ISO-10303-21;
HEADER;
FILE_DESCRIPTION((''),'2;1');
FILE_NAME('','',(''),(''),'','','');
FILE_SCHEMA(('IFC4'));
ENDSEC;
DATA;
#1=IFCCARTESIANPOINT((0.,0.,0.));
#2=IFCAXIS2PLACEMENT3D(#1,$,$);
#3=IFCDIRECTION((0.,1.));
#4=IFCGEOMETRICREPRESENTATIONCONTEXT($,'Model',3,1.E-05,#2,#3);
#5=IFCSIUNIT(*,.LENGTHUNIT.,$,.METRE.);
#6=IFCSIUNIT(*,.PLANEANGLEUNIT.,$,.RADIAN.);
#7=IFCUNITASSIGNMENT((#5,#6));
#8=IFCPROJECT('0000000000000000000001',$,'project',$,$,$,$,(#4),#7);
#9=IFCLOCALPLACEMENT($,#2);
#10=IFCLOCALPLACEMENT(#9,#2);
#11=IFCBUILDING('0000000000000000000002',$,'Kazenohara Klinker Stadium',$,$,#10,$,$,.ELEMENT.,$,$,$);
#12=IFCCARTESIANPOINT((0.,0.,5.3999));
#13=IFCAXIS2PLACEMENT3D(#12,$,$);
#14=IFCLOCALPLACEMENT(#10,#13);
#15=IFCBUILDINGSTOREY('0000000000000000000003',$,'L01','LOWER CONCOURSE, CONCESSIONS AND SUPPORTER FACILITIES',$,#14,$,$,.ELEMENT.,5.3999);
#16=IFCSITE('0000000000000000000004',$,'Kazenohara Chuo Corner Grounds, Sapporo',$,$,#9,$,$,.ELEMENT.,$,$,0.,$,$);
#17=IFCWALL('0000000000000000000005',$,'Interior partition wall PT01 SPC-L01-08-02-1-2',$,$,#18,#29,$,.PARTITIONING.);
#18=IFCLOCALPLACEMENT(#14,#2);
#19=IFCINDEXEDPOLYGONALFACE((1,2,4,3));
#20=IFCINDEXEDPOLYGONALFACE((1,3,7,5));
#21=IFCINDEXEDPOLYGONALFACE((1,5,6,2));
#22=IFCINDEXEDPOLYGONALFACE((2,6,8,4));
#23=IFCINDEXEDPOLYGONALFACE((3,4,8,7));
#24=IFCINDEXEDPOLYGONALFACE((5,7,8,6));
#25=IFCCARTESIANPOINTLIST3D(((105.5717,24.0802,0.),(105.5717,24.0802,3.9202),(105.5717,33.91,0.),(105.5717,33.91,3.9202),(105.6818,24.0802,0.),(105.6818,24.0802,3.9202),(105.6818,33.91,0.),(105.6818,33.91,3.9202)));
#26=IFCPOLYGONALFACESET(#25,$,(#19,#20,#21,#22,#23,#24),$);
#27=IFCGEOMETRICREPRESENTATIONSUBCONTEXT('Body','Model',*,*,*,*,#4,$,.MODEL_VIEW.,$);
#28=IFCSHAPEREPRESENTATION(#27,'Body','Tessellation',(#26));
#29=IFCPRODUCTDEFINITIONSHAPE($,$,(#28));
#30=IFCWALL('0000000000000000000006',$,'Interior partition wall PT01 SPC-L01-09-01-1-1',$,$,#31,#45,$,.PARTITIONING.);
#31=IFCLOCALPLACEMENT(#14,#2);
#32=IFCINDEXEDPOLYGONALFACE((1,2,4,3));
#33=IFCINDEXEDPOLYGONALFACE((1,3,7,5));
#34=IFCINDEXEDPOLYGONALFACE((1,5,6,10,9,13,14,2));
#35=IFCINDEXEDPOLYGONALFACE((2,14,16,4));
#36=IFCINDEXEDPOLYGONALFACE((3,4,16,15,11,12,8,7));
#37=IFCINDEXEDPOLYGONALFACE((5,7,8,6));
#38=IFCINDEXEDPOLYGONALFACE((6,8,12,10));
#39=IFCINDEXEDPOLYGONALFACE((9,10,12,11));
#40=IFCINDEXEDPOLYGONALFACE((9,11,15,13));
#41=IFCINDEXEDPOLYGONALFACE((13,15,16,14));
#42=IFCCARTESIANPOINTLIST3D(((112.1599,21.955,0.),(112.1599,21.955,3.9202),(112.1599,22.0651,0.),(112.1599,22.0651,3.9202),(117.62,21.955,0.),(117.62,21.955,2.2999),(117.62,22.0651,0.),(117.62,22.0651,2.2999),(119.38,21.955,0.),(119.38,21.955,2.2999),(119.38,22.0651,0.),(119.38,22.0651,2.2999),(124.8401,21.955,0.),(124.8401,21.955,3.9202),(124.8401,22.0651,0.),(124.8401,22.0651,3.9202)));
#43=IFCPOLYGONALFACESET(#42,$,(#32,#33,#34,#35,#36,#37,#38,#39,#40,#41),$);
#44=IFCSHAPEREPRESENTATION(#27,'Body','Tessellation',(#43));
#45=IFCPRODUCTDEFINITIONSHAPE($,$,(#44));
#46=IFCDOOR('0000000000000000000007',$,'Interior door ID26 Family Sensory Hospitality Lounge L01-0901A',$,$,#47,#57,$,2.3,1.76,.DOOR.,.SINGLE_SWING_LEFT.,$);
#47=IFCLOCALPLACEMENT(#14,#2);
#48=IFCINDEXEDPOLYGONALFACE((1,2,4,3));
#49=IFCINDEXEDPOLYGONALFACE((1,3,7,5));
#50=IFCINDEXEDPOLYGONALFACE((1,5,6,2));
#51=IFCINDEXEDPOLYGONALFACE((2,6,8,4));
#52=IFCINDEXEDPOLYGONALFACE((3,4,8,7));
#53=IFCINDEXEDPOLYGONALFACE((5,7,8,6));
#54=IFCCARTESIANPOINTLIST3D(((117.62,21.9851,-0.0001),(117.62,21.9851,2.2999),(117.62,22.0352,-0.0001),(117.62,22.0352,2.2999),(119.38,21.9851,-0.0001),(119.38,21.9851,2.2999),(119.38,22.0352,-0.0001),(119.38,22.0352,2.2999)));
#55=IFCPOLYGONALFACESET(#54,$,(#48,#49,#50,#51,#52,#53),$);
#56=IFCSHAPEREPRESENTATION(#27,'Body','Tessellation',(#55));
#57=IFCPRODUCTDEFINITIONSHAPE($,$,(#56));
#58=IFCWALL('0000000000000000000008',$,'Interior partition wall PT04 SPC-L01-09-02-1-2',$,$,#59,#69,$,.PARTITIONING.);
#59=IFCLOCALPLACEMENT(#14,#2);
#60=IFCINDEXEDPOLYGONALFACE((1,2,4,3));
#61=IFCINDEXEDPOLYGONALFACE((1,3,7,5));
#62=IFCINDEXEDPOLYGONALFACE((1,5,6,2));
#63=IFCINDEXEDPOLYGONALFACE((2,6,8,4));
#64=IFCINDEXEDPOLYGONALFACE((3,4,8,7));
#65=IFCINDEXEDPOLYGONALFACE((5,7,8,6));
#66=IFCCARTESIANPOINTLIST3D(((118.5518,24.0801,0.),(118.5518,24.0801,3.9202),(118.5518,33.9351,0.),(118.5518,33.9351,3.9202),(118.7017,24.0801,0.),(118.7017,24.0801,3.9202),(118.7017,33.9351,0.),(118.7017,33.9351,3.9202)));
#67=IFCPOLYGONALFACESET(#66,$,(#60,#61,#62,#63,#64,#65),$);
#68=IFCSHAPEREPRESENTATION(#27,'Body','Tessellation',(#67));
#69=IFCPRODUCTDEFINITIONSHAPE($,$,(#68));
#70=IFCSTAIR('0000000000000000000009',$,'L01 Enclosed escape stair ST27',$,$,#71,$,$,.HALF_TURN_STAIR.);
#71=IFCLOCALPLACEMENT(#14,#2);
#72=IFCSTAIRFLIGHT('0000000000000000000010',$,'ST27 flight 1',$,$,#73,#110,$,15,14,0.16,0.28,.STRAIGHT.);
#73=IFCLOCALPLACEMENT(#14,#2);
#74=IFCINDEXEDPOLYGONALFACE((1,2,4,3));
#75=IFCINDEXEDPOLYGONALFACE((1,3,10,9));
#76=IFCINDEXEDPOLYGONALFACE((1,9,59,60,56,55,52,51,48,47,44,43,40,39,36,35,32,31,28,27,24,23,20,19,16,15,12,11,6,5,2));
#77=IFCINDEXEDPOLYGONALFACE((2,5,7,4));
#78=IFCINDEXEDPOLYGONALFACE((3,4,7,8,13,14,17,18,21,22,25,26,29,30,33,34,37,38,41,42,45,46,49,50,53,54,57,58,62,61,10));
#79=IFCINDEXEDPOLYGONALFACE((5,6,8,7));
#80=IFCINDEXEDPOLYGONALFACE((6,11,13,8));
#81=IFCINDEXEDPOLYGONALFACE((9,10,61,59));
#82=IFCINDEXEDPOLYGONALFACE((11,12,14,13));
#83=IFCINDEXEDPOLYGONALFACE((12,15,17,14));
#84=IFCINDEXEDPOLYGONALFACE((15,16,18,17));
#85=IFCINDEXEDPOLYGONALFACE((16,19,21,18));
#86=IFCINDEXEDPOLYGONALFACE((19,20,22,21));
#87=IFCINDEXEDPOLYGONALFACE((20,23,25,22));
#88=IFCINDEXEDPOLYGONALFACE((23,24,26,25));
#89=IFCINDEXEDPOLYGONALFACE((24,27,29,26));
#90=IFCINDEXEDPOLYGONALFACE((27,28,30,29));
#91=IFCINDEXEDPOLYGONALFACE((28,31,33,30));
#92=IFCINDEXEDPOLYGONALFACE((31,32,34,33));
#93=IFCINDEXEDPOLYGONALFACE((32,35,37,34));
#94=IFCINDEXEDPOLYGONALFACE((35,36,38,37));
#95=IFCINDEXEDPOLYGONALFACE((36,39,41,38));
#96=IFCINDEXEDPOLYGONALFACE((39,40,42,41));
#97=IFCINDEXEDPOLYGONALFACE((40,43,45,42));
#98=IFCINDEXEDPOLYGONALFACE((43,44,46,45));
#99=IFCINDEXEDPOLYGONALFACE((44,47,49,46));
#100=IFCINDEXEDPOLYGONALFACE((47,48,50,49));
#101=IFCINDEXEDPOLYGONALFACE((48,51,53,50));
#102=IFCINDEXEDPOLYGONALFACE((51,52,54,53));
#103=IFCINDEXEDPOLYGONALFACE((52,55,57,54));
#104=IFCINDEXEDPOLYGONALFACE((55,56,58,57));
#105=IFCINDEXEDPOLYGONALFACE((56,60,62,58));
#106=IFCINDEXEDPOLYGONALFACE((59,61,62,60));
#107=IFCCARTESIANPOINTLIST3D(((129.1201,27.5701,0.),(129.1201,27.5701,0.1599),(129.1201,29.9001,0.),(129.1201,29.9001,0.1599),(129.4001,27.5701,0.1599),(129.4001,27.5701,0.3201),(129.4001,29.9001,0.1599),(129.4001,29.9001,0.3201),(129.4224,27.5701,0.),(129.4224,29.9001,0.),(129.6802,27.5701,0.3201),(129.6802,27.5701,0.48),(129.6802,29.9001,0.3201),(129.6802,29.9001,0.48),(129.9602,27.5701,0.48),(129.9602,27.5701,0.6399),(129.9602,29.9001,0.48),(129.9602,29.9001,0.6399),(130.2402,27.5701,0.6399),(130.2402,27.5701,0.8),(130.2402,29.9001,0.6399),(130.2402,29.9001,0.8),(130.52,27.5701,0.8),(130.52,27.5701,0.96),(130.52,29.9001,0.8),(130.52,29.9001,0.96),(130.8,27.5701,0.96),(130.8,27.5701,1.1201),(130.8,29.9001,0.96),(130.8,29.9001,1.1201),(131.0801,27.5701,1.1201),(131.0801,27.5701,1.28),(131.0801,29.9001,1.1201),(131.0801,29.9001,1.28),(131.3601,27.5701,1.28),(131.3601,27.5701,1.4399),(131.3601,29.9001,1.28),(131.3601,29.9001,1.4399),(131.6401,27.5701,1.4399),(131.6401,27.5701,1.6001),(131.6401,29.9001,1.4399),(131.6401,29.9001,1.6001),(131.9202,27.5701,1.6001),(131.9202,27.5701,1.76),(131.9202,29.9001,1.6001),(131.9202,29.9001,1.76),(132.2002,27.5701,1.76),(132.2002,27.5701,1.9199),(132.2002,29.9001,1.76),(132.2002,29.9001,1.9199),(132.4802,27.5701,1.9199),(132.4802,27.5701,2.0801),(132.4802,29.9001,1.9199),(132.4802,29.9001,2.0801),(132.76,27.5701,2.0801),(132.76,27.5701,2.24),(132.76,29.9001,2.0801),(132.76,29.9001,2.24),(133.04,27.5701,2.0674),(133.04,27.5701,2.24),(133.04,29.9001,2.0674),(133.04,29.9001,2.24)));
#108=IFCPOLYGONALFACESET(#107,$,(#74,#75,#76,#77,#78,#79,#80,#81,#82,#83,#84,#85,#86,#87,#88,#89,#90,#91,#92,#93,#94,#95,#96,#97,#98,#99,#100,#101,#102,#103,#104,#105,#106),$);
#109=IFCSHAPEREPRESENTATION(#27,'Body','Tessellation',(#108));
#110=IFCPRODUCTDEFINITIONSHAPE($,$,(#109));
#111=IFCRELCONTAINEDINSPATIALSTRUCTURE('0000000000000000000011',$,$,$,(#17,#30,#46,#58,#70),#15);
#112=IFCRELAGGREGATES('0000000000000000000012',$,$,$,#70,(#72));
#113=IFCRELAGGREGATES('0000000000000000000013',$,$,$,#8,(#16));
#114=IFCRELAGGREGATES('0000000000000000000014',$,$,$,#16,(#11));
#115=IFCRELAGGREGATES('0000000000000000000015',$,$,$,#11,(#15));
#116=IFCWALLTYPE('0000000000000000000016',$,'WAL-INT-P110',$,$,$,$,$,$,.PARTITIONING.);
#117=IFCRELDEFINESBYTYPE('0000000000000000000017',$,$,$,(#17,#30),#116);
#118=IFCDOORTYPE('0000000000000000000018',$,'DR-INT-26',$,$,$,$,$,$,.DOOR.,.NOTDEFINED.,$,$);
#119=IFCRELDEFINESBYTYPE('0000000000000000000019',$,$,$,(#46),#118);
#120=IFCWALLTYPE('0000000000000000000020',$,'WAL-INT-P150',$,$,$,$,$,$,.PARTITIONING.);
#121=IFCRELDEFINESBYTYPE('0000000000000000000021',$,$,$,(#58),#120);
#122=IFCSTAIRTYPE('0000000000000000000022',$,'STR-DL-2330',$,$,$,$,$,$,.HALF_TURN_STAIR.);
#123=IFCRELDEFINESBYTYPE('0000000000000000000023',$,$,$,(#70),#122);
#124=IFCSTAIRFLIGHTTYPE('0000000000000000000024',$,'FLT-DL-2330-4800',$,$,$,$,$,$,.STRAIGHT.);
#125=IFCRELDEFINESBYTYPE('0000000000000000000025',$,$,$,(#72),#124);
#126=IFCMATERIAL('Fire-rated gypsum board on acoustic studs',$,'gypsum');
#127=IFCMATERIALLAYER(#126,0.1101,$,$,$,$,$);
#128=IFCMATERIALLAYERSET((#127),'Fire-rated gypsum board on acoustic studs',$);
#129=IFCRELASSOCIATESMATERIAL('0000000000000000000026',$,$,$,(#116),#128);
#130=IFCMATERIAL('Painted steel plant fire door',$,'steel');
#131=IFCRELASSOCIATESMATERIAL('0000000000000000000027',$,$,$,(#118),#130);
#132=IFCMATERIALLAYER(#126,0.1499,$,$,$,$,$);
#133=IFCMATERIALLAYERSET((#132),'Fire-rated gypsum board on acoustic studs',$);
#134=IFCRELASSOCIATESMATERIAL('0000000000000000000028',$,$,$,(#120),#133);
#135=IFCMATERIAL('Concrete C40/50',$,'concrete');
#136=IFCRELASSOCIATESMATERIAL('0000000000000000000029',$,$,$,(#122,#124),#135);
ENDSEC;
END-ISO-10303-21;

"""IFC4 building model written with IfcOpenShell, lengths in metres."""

from ifc_helpers import new_model, si_unit, direction, frame, frame_2d, origin, place, context, subcontext, project, spatial, polyline, rectangle, outline, extrude, material, layer, layer_set, type_object, element, fill, aggregate, save


model = new_model("IFC4")

# Units and contexts
model_context = context("Model", 3, precision=1e-05, world=origin(), true_north=direction((0.0, 1.0)))
body_context = subcontext(model_context, "Body", "Model", "MODEL_VIEW")
ifc_project = project(units=[si_unit("LENGTHUNIT", "METRE"), si_unit("PLANEANGLEUNIT", "RADIAN")], contexts=[model_context])

# Site, building, storey
site_placement = place(None, origin())
site = spatial("IfcSite", under=ifc_project, at=site_placement, Name="Kazenohara Chuo Corner Grounds, Sapporo", CompositionType="ELEMENT", RefElevation=0.0)
building_placement = place(site_placement, origin())
building = spatial("IfcBuilding", under=site, at=building_placement, Name="Kazenohara Klinker Stadium", CompositionType="ELEMENT")
storey_placement = place(building_placement, frame((0.0, 0.0, 5.3999)))
storey = spatial("IfcBuildingStorey", under=building, at=storey_placement, Name="L01", Description="LOWER CONCOURSE, CONCESSIONS AND SUPPORTER FACILITIES", CompositionType="ELEMENT", Elevation=5.3999)

# Shared definitions
ifc_material_1 = material(Name="Concrete C40/50", Category="concrete")

# Wall
ifc_material_2 = material(Name="Fire-rated gypsum board on acoustic studs", Category="gypsum")
ifc_layer_1 = layer(ifc_material_2, 0.1101)
ifc_layer_set_1 = layer_set([ifc_layer_1], Name="Fire-rated gypsum board on acoustic studs")
wall_type_1 = type_object("IfcWallType", Name="WAL-INT-P110", PredefinedType="PARTITIONING", material=ifc_layer_set_1)
wall_1_placement = place(storey_placement, frame((105.6267, 24.0801, 0.0), z_axis=(0.0, 0.0, 1.0), x_axis=(0.0, 1.0, 0.0)))
element("IfcWall", 1, at=wall_1_placement, inside=storey, type_object=wall_type_1, Name="Interior partition wall PT01 SPC-L01-08-02-1-2", PredefinedType="PARTITIONING", context=body_context, shape_type="SweptSolid", body=[
    extrude(rectangle(XDim=9.8298, YDim=0.1101, at=frame_2d((4.915, 0.0))), origin(), (0.0, 0.0, 1.0), 3.9202),
])

# Wall, opening, door
wall_2_placement = place(storey_placement, frame((112.1599, 22.01, 0.0), z_axis=(0.0, 0.0, 1.0), x_axis=(1.0, 0.0, 0.0)))
wall_2 = element("IfcWall", 2, at=wall_2_placement, inside=storey, type_object=wall_type_1, Name="Interior partition wall PT01 SPC-L01-09-01-1-1", PredefinedType="PARTITIONING", context=body_context, shape_type="SweptSolid", body=[
    extrude(rectangle(XDim=12.6802, YDim=0.1101, at=frame_2d((6.3401, 0.0))), origin(), (0.0, 0.0, 1.0), 3.9202),
])
opening_1_placement = place(wall_2_placement, frame((7.22, 0.0, 0.0), z_axis=(0.0, 0.0, 1.0), x_axis=(-1.0, 0.0, 0.0)))
opening_1 = element("IfcOpeningElement", 3, at=opening_1_placement, cuts=wall_2, PredefinedType="OPENING", context=body_context, shape_type="SweptSolid", body=[
    extrude(rectangle(XDim=1.76, YDim=2.3, at=frame_2d((0.8799, 1.1499))), frame((0.0, 0.0649, 0.0), z_axis=(0.0, -1.0, 0.0), x_axis=(1.0, 0.0, 0.0)), (0.0, 0.0, 1.0), 0.1301),
])
ifc_material_3 = material(Name="Painted steel plant fire door", Category="steel")
door_type_1 = type_object("IfcDoorType", Name="DR-INT-26", OperationType="NOTDEFINED", PredefinedType="DOOR", material=ifc_material_3)
door_1_placement = place(opening_1_placement, origin())
door_1 = element("IfcDoor", 4, at=door_1_placement, inside=storey, type_object=door_type_1, Name="Interior door ID26 Family Sensory Hospitality Lounge L01-0901A", OperationType="SINGLE_SWING_LEFT", OverallHeight=2.3, OverallWidth=1.76, PredefinedType="DOOR", context=body_context, shape_type="SweptSolid", body=[
    extrude(rectangle(XDim=1.76, YDim=2.3, at=frame_2d((0.8799, 1.1499))), frame((0.0, 0.0249, 0.0), z_axis=(0.0, -1.0, 0.0), x_axis=(1.0, 0.0, 0.0)), (0.0, 0.0, 1.0), 0.05),
])
fill(opening_1, door_1)

# Wall
ifc_layer_2 = layer(ifc_material_2, 0.1499)
ifc_layer_set_2 = layer_set([ifc_layer_2], Name="Fire-rated gypsum board on acoustic studs")
wall_type_2 = type_object("IfcWallType", Name="WAL-INT-P150", PredefinedType="PARTITIONING", material=ifc_layer_set_2)
wall_3_placement = place(storey_placement, frame((118.6267, 24.0801, 0.0), z_axis=(0.0, 0.0, 1.0), x_axis=(0.0, 1.0, 0.0)))
element("IfcWall", 5, at=wall_3_placement, inside=storey, type_object=wall_type_2, Name="Interior partition wall PT04 SPC-L01-09-02-1-2", PredefinedType="PARTITIONING", context=body_context, shape_type="SweptSolid", body=[
    extrude(rectangle(XDim=9.855, YDim=0.1499, at=frame_2d((4.9275, 0.0))), origin(), (0.0, 0.0, 1.0), 3.9202),
])

# Stair, stair flight
stair_type = type_object("IfcStairType", Name="STR-DL-2330", PredefinedType="HALF_TURN_STAIR", material=ifc_material_1)
stair_placement = place(storey_placement, origin())
stair = element("IfcStair", 6, at=stair_placement, inside=storey, type_object=stair_type, Name="L01 Enclosed escape stair ST27", PredefinedType="HALF_TURN_STAIR")
stair_flight_type = type_object("IfcStairFlightType", Name="FLT-DL-2330-4800", PredefinedType="STRAIGHT", material=ifc_material_1)
stair_flight_placement = place(storey_placement, frame((129.1201, 28.7351, 0.0), z_axis=(0.0, 0.0, 1.0), x_axis=(1.0, 0.0, 0.0)))
stair_flight = element("IfcStairFlight", 7, at=stair_flight_placement, type_object=stair_flight_type, Name="ST27 flight 1", NumberOfRisers=15, NumberOfTreads=14, PredefinedType="STRAIGHT", RiserHeight=0.16, TreadLength=0.28, context=body_context, shape_type="SweptSolid", body=[
    extrude(outline(polyline([(0.0, 0.0), (0.0, 0.1599), (0.28, 0.1599), (0.28, 0.3201), (0.5601, 0.3201), (0.5601, 0.48), (0.8401, 0.48), (0.8401, 0.6399), (1.1201, 0.6399), (1.1201, 0.8), (1.3999, 0.8), (1.3999, 0.96), (1.6799, 0.96), (1.6799, 1.1201), (1.96, 1.1201), (1.96, 1.28), (2.24, 1.28), (2.24, 1.4399), (2.52, 1.4399), (2.52, 1.6001), (2.8, 1.6001), (2.8, 1.76), (3.0801, 1.76), (3.0801, 1.9199), (3.3601, 1.9199), (3.3601, 2.0801), (3.6399, 2.0801), (3.6399, 2.24), (3.9199, 2.24), (3.9199, 2.3999), (3.9199, 2.0674), (0.3022, 0.0), (0.0, 0.0)])), frame((0.0, 1.165, 0.0), z_axis=(0.0, -1.0, 0.0), x_axis=(1.0, 0.0, 0.0)), (0.0, 0.0, 1.0), 2.3301),
])
aggregate(stair, [stair_flight])

save(model, "model.ifc")
